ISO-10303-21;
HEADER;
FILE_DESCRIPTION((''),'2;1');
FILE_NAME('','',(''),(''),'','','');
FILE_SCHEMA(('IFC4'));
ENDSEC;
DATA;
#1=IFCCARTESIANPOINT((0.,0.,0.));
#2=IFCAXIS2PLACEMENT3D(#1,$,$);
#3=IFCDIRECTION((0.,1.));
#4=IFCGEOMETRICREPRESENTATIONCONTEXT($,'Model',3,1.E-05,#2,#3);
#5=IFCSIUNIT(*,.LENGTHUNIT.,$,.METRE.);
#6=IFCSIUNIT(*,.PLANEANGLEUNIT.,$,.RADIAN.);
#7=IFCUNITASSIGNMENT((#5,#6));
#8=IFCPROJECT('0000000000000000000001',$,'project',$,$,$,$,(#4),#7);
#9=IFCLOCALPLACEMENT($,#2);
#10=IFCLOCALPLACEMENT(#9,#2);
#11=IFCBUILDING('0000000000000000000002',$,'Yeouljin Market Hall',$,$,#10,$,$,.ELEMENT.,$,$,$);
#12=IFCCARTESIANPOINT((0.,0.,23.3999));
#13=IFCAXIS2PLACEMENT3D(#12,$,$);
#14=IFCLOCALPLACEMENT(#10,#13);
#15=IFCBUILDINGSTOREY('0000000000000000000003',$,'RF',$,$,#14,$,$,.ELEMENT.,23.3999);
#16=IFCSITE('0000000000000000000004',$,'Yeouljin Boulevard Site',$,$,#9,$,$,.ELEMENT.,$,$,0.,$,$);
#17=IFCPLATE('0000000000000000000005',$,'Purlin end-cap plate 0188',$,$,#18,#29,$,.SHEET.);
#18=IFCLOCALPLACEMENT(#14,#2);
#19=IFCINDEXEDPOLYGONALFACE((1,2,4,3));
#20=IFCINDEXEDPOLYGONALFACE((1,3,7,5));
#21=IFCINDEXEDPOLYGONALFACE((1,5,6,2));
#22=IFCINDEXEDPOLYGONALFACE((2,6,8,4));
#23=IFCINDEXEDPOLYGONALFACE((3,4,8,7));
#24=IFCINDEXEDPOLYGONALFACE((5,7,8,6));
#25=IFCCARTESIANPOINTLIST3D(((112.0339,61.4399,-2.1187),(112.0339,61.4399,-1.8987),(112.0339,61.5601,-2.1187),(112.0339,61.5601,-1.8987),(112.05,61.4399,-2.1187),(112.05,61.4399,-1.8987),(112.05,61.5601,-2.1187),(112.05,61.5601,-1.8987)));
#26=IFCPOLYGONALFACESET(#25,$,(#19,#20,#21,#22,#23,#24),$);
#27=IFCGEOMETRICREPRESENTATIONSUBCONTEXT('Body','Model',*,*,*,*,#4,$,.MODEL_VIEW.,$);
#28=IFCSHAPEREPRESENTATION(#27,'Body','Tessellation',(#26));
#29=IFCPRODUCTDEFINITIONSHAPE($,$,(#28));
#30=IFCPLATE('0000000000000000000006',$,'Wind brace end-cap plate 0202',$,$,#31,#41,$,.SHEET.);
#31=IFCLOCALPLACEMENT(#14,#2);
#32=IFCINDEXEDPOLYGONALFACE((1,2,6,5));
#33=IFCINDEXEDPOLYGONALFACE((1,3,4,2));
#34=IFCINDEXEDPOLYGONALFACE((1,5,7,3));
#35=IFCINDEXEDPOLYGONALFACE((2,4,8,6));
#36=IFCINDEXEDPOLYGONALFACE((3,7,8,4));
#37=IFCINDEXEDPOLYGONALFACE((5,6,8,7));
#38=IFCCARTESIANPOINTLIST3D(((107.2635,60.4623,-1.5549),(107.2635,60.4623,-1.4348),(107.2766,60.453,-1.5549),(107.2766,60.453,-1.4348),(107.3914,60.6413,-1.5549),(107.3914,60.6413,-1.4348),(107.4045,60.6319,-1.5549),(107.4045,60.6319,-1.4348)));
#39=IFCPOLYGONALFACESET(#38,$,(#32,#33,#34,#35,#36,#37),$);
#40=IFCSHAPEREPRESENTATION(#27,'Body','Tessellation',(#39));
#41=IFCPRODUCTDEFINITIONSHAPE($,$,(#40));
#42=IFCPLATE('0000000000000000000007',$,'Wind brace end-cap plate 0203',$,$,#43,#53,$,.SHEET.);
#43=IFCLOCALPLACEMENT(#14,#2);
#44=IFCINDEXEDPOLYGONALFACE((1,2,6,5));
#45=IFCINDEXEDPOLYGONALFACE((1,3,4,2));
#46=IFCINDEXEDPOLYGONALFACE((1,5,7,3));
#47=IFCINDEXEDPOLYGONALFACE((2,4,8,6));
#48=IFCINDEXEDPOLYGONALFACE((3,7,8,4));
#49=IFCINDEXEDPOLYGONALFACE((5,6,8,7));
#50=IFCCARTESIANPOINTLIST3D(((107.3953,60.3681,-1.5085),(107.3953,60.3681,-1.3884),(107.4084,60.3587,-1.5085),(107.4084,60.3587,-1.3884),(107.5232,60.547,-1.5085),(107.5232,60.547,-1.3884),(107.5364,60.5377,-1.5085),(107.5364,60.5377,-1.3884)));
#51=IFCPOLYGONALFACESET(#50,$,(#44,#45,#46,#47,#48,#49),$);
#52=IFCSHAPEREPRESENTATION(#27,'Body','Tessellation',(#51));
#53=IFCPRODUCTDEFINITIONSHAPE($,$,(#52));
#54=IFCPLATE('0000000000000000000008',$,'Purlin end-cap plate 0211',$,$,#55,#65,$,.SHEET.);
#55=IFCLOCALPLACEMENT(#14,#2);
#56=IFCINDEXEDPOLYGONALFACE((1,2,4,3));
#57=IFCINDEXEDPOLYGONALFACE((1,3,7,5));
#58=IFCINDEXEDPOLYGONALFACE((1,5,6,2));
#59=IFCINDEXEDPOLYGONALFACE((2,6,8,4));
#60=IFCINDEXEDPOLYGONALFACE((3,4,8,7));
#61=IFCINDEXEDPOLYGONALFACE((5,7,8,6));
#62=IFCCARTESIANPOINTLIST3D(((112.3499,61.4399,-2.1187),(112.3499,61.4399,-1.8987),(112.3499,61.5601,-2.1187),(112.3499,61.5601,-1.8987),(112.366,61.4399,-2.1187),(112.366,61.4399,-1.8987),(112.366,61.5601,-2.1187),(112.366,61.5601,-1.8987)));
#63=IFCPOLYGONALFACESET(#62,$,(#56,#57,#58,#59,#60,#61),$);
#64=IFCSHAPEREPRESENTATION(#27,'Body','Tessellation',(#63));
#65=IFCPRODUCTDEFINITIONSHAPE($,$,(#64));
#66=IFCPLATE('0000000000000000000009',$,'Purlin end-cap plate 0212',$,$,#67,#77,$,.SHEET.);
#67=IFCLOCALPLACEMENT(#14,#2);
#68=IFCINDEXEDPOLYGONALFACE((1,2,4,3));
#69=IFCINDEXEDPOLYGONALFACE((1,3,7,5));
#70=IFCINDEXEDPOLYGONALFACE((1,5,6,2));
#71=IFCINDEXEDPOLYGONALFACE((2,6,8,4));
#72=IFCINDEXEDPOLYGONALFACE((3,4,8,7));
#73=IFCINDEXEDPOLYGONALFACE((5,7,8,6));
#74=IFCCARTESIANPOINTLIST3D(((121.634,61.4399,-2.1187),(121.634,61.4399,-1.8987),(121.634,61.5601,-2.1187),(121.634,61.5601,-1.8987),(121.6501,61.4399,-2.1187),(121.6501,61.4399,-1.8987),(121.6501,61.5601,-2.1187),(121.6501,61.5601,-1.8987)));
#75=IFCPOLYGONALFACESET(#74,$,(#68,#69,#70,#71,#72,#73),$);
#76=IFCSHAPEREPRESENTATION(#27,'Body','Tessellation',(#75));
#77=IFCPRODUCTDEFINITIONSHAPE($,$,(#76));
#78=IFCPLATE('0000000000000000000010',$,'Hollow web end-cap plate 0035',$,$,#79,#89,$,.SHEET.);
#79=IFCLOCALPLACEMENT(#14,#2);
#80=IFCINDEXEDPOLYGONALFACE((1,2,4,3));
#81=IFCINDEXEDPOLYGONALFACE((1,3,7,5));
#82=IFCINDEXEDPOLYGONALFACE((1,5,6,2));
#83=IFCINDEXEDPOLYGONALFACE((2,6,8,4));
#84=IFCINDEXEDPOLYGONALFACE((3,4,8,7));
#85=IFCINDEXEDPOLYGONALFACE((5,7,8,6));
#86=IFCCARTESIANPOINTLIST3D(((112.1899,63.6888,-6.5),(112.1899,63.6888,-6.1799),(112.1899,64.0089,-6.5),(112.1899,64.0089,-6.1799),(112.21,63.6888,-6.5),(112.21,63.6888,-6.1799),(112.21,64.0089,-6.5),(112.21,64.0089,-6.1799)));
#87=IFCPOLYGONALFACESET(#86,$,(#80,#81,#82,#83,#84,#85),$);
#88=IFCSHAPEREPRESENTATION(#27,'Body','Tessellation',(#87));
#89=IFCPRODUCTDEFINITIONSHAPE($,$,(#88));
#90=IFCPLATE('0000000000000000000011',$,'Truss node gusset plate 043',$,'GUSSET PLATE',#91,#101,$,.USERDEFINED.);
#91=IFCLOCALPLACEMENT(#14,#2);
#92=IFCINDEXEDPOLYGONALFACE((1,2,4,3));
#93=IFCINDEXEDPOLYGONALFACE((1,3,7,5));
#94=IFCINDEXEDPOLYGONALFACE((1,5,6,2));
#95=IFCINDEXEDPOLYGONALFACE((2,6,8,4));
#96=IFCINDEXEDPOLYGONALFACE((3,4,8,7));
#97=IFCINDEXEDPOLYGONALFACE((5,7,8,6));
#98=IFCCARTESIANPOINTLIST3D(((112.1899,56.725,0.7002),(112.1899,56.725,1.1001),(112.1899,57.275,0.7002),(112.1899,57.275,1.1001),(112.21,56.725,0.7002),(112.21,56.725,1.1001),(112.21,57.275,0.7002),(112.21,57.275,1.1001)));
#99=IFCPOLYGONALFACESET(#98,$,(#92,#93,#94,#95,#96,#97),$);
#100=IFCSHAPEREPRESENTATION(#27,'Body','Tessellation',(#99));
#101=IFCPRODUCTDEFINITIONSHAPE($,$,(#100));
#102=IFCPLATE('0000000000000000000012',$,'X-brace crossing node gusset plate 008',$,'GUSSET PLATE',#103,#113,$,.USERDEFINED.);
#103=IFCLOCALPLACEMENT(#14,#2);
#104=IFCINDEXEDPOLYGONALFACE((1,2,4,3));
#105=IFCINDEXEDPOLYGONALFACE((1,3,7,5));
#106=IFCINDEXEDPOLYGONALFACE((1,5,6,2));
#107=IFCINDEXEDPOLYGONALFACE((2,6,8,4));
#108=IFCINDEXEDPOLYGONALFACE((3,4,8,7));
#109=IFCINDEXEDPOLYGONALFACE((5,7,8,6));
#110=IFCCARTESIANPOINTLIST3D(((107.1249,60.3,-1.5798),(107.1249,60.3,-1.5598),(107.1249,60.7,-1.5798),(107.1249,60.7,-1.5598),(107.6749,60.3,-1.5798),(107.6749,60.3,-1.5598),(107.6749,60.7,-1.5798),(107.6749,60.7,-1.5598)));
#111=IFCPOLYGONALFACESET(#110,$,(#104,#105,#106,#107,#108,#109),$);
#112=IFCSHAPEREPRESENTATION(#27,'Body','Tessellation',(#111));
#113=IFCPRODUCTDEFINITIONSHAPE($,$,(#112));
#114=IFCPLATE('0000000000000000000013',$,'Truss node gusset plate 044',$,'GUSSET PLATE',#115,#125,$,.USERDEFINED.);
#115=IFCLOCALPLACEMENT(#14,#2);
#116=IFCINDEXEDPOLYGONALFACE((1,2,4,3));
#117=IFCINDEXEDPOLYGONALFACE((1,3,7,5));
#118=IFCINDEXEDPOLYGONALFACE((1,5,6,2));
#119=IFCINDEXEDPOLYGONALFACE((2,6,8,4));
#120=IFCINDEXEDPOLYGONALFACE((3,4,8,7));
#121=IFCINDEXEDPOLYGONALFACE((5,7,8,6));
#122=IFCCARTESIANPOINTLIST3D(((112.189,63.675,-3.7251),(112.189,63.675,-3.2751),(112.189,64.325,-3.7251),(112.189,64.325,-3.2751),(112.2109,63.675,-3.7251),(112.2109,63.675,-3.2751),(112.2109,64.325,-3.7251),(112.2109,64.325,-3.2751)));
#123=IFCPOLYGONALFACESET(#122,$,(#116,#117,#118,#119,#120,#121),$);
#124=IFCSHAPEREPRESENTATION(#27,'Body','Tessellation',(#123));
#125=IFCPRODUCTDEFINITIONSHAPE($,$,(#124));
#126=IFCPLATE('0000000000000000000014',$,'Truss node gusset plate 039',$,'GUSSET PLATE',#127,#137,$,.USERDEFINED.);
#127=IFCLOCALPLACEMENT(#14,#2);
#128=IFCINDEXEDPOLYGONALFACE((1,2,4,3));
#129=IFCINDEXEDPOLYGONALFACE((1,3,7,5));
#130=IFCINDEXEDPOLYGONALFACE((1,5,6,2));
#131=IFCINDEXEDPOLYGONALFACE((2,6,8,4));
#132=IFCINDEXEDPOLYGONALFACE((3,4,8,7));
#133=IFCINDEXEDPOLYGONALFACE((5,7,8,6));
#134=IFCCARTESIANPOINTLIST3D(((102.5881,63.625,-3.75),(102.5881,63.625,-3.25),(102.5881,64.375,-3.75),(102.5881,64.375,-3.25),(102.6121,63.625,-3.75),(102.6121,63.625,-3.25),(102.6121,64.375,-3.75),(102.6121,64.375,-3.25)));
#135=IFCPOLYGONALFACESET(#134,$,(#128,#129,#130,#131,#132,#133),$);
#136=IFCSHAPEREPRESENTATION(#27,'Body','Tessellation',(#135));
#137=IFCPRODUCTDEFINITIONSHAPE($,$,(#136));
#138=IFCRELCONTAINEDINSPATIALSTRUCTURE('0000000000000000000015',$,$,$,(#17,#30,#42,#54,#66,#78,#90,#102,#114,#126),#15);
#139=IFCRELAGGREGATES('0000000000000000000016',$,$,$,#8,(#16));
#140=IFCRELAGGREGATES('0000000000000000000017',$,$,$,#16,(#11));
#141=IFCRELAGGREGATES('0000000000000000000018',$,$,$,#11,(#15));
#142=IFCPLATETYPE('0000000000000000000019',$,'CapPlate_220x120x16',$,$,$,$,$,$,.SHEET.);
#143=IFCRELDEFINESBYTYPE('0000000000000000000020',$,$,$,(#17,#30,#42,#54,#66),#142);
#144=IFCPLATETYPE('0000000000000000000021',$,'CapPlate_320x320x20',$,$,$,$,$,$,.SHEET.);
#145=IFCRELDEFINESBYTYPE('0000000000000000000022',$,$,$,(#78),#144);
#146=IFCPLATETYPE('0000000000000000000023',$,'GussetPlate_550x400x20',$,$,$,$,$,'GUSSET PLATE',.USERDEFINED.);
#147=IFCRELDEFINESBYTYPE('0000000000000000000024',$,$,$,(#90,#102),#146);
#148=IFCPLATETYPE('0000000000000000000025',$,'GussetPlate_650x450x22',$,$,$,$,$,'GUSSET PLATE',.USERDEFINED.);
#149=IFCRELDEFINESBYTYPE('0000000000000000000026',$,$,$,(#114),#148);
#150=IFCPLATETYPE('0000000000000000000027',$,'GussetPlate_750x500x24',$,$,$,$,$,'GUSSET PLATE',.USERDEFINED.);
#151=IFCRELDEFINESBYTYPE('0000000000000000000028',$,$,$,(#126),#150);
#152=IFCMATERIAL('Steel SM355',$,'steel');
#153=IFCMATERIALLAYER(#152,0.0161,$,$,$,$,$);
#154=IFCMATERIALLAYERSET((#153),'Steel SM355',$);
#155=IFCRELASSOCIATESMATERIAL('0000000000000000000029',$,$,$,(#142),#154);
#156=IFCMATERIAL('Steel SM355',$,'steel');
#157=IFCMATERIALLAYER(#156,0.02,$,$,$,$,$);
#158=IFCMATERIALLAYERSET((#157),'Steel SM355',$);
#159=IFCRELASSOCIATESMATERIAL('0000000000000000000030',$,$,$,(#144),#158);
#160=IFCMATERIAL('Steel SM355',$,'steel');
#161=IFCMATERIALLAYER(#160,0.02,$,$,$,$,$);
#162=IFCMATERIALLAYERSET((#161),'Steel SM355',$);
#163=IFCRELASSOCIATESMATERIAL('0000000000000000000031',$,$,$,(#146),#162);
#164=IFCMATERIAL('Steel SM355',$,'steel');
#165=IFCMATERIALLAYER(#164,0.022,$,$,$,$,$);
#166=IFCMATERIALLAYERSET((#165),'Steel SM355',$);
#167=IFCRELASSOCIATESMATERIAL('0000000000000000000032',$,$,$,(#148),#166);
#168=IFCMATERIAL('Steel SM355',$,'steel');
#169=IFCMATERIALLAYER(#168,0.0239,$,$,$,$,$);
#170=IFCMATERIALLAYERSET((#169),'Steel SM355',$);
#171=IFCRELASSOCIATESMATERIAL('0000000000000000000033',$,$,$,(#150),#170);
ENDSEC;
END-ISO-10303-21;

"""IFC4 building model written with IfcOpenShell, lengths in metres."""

from ifc_helpers import new_model, si_unit, direction, frame, origin, origin_2d, place, context, subcontext, project, spatial, rectangle, extrude, material, layer, layer_set, type_object, element, save


model = new_model("IFC4")

# Units and contexts
model_context = context("Model", 3, precision=1e-05, world=origin(), true_north=direction((0.0, 1.0)))
body_context = subcontext(model_context, "Body", "Model", "MODEL_VIEW")
ifc_project = project(units=[si_unit("LENGTHUNIT", "METRE"), si_unit("PLANEANGLEUNIT", "RADIAN")], contexts=[model_context])

# Site, building, storey
site_placement = place(None, origin())
site = spatial("IfcSite", under=ifc_project, at=site_placement, Name="Yeouljin Boulevard Site", CompositionType="ELEMENT", RefElevation=0.0)
building_placement = place(site_placement, origin())
building = spatial("IfcBuilding", under=site, at=building_placement, Name="Yeouljin Market Hall", CompositionType="ELEMENT")
storey_placement = place(building_placement, frame((0.0, 0.0, 23.3999)))
storey = spatial("IfcBuildingStorey", under=building, at=storey_placement, Name="RF", CompositionType="ELEMENT", Elevation=23.3999)

# Plates
ifc_material_1 = material(Name="Steel SM355", Category="steel")
ifc_layer_1 = layer(ifc_material_1, 0.0161)
ifc_layer_set_1 = layer_set([ifc_layer_1], Name="Steel SM355")
plate_type_1 = type_object("IfcPlateType", Name="CapPlate_220x120x16", PredefinedType="SHEET", material=ifc_layer_set_1)
for number, where, z_axis, x_axis, name in (
    (1, (112.042, 61.5, -2.1187), (0.0, 0.0, 1.0), (0.0, 1.0, 0.0), "Purlin end-cap plate 0188"),
):
    element("IfcPlate", number, at=place(storey_placement, frame(where, z_axis=z_axis, x_axis=x_axis)), inside=storey, type_object=plate_type_1, Name=name, PredefinedType="SHEET", context=body_context, shape_type="SweptSolid", body=[
        extrude(rectangle(XDim=0.1201, YDim=0.0161, at=origin_2d()), origin(), (0.0, 0.0, 1.0), 0.22),
    ])
for number, where, z_axis, x_axis, name in (
    (2, (107.334, 60.5471, -1.5549), (0.0, 0.0, 1.0), (0.581697, 0.813405, 0.0), "Wind brace end-cap plate 0202"),
    (3, (107.4658, 60.4529, -1.5085), (0.0, 0.0, 1.0), (0.581697, 0.813405, 0.0), "Wind brace end-cap plate 0203"),
):
    element("IfcPlate", number, at=place(storey_placement, frame(where, z_axis=z_axis, x_axis=x_axis)), inside=storey, type_object=plate_type_1, Name=name, PredefinedType="SHEET", context=body_context, shape_type="SweptSolid", body=[
        extrude(rectangle(XDim=0.22, YDim=0.0161, at=origin_2d()), origin(), (0.0, 0.0, 1.0), 0.1201),
    ])
for number, where, z_axis, x_axis, name in (
    (4, (112.3579, 61.5, -2.1187), (0.0, 0.0, 1.0), (0.0, 1.0, 0.0), "Purlin end-cap plate 0211"),
    (5, (121.6421, 61.5, -2.1187), (0.0, 0.0, 1.0), (0.0, 1.0, 0.0), "Purlin end-cap plate 0212"),
):
    element("IfcPlate", number, at=place(storey_placement, frame(where, z_axis=z_axis, x_axis=x_axis)), inside=storey, type_object=plate_type_1, Name=name, PredefinedType="SHEET", context=body_context, shape_type="SweptSolid", body=[
        extrude(rectangle(XDim=0.1201, YDim=0.0161, at=origin_2d()), origin(), (0.0, 0.0, 1.0), 0.22),
    ])
ifc_material_2 = material(Name="Steel SM355", Category="steel")
ifc_layer_2 = layer(ifc_material_2, 0.02)
ifc_layer_set_2 = layer_set([ifc_layer_2], Name="Steel SM355")
plate_type_2 = type_object("IfcPlateType", Name="CapPlate_320x320x20", PredefinedType="SHEET", material=ifc_layer_set_2)
plate_1_placement = place(storey_placement, frame((112.2, 63.8489, -6.5), z_axis=(0.0, 0.0, 1.0), x_axis=(0.0, 1.0, 0.0)))
element("IfcPlate", 6, at=plate_1_placement, inside=storey, type_object=plate_type_2, Name="Hollow web end-cap plate 0035", PredefinedType="SHEET", context=body_context, shape_type="SweptSolid", body=[
    extrude(rectangle(XDim=0.3201, YDim=0.02, at=origin_2d()), origin(), (0.0, 0.0, 1.0), 0.3201),
])
ifc_material_3 = material(Name="Steel SM355", Category="steel")
ifc_layer_3 = layer(ifc_material_3, 0.02)
ifc_layer_set_3 = layer_set([ifc_layer_3], Name="Steel SM355")
plate_type_3 = type_object("IfcPlateType", Name="GussetPlate_550x400x20", ElementType="GUSSET PLATE", PredefinedType="USERDEFINED", material=ifc_layer_set_3)
plate_2_placement = place(storey_placement, frame((112.2, 57.0, 0.7002), z_axis=(0.0, 0.0, 1.0), x_axis=(0.0, 1.0, 0.0)))
element("IfcPlate", 7, at=plate_2_placement, inside=storey, type_object=plate_type_3, Name="Truss node gusset plate 043", ObjectType="GUSSET PLATE", PredefinedType="USERDEFINED", context=body_context, shape_type="SweptSolid", body=[
    extrude(rectangle(XDim=0.55, YDim=0.02, at=origin_2d()), origin(), (0.0, 0.0, 1.0), 0.3999),
])
plate_3_placement = place(storey_placement, frame((107.3999, 60.5, -1.5798), z_axis=(0.0, 0.0, 1.0), x_axis=(1.0, 0.0, 0.0)))
element("IfcPlate", 8, at=plate_3_placement, inside=storey, type_object=plate_type_3, Name="X-brace crossing node gusset plate 008", ObjectType="GUSSET PLATE", PredefinedType="USERDEFINED", context=body_context, shape_type="SweptSolid", body=[
    extrude(rectangle(XDim=0.55, YDim=0.3999, at=origin_2d()), origin(), (0.0, 0.0, 1.0), 0.02),
])
ifc_material_4 = material(Name="Steel SM355", Category="steel")
ifc_layer_4 = layer(ifc_material_4, 0.022)
ifc_layer_set_4 = layer_set([ifc_layer_4], Name="Steel SM355")
plate_type_4 = type_object("IfcPlateType", Name="GussetPlate_650x450x22", ElementType="GUSSET PLATE", PredefinedType="USERDEFINED", material=ifc_layer_set_4)
plate_4_placement = place(storey_placement, frame((112.2, 64.0, -3.7251), z_axis=(0.0, 0.0, 1.0), x_axis=(0.0, 1.0, 0.0)))
element("IfcPlate", 9, at=plate_4_placement, inside=storey, type_object=plate_type_4, Name="Truss node gusset plate 044", ObjectType="GUSSET PLATE", PredefinedType="USERDEFINED", context=body_context, shape_type="SweptSolid", body=[
    extrude(rectangle(XDim=0.6499, YDim=0.022, at=origin_2d()), origin(), (0.0, 0.0, 1.0), 0.45),
])
ifc_material_5 = material(Name="Steel SM355", Category="steel")
ifc_layer_5 = layer(ifc_material_5, 0.0239)
ifc_layer_set_5 = layer_set([ifc_layer_5], Name="Steel SM355")
plate_type_5 = type_object("IfcPlateType", Name="GussetPlate_750x500x24", ElementType="GUSSET PLATE", PredefinedType="USERDEFINED", material=ifc_layer_set_5)
plate_5_placement = place(storey_placement, frame((102.6001, 64.0, -3.75), z_axis=(0.0, 0.0, 1.0), x_axis=(0.0, 1.0, 0.0)))
element("IfcPlate", 10, at=plate_5_placement, inside=storey, type_object=plate_type_5, Name="Truss node gusset plate 039", ObjectType="GUSSET PLATE", PredefinedType="USERDEFINED", context=body_context, shape_type="SweptSolid", body=[
    extrude(rectangle(XDim=0.75, YDim=0.0239, at=origin_2d()), origin(), (0.0, 0.0, 1.0), 0.5),
])

save(model, "model.ifc")
